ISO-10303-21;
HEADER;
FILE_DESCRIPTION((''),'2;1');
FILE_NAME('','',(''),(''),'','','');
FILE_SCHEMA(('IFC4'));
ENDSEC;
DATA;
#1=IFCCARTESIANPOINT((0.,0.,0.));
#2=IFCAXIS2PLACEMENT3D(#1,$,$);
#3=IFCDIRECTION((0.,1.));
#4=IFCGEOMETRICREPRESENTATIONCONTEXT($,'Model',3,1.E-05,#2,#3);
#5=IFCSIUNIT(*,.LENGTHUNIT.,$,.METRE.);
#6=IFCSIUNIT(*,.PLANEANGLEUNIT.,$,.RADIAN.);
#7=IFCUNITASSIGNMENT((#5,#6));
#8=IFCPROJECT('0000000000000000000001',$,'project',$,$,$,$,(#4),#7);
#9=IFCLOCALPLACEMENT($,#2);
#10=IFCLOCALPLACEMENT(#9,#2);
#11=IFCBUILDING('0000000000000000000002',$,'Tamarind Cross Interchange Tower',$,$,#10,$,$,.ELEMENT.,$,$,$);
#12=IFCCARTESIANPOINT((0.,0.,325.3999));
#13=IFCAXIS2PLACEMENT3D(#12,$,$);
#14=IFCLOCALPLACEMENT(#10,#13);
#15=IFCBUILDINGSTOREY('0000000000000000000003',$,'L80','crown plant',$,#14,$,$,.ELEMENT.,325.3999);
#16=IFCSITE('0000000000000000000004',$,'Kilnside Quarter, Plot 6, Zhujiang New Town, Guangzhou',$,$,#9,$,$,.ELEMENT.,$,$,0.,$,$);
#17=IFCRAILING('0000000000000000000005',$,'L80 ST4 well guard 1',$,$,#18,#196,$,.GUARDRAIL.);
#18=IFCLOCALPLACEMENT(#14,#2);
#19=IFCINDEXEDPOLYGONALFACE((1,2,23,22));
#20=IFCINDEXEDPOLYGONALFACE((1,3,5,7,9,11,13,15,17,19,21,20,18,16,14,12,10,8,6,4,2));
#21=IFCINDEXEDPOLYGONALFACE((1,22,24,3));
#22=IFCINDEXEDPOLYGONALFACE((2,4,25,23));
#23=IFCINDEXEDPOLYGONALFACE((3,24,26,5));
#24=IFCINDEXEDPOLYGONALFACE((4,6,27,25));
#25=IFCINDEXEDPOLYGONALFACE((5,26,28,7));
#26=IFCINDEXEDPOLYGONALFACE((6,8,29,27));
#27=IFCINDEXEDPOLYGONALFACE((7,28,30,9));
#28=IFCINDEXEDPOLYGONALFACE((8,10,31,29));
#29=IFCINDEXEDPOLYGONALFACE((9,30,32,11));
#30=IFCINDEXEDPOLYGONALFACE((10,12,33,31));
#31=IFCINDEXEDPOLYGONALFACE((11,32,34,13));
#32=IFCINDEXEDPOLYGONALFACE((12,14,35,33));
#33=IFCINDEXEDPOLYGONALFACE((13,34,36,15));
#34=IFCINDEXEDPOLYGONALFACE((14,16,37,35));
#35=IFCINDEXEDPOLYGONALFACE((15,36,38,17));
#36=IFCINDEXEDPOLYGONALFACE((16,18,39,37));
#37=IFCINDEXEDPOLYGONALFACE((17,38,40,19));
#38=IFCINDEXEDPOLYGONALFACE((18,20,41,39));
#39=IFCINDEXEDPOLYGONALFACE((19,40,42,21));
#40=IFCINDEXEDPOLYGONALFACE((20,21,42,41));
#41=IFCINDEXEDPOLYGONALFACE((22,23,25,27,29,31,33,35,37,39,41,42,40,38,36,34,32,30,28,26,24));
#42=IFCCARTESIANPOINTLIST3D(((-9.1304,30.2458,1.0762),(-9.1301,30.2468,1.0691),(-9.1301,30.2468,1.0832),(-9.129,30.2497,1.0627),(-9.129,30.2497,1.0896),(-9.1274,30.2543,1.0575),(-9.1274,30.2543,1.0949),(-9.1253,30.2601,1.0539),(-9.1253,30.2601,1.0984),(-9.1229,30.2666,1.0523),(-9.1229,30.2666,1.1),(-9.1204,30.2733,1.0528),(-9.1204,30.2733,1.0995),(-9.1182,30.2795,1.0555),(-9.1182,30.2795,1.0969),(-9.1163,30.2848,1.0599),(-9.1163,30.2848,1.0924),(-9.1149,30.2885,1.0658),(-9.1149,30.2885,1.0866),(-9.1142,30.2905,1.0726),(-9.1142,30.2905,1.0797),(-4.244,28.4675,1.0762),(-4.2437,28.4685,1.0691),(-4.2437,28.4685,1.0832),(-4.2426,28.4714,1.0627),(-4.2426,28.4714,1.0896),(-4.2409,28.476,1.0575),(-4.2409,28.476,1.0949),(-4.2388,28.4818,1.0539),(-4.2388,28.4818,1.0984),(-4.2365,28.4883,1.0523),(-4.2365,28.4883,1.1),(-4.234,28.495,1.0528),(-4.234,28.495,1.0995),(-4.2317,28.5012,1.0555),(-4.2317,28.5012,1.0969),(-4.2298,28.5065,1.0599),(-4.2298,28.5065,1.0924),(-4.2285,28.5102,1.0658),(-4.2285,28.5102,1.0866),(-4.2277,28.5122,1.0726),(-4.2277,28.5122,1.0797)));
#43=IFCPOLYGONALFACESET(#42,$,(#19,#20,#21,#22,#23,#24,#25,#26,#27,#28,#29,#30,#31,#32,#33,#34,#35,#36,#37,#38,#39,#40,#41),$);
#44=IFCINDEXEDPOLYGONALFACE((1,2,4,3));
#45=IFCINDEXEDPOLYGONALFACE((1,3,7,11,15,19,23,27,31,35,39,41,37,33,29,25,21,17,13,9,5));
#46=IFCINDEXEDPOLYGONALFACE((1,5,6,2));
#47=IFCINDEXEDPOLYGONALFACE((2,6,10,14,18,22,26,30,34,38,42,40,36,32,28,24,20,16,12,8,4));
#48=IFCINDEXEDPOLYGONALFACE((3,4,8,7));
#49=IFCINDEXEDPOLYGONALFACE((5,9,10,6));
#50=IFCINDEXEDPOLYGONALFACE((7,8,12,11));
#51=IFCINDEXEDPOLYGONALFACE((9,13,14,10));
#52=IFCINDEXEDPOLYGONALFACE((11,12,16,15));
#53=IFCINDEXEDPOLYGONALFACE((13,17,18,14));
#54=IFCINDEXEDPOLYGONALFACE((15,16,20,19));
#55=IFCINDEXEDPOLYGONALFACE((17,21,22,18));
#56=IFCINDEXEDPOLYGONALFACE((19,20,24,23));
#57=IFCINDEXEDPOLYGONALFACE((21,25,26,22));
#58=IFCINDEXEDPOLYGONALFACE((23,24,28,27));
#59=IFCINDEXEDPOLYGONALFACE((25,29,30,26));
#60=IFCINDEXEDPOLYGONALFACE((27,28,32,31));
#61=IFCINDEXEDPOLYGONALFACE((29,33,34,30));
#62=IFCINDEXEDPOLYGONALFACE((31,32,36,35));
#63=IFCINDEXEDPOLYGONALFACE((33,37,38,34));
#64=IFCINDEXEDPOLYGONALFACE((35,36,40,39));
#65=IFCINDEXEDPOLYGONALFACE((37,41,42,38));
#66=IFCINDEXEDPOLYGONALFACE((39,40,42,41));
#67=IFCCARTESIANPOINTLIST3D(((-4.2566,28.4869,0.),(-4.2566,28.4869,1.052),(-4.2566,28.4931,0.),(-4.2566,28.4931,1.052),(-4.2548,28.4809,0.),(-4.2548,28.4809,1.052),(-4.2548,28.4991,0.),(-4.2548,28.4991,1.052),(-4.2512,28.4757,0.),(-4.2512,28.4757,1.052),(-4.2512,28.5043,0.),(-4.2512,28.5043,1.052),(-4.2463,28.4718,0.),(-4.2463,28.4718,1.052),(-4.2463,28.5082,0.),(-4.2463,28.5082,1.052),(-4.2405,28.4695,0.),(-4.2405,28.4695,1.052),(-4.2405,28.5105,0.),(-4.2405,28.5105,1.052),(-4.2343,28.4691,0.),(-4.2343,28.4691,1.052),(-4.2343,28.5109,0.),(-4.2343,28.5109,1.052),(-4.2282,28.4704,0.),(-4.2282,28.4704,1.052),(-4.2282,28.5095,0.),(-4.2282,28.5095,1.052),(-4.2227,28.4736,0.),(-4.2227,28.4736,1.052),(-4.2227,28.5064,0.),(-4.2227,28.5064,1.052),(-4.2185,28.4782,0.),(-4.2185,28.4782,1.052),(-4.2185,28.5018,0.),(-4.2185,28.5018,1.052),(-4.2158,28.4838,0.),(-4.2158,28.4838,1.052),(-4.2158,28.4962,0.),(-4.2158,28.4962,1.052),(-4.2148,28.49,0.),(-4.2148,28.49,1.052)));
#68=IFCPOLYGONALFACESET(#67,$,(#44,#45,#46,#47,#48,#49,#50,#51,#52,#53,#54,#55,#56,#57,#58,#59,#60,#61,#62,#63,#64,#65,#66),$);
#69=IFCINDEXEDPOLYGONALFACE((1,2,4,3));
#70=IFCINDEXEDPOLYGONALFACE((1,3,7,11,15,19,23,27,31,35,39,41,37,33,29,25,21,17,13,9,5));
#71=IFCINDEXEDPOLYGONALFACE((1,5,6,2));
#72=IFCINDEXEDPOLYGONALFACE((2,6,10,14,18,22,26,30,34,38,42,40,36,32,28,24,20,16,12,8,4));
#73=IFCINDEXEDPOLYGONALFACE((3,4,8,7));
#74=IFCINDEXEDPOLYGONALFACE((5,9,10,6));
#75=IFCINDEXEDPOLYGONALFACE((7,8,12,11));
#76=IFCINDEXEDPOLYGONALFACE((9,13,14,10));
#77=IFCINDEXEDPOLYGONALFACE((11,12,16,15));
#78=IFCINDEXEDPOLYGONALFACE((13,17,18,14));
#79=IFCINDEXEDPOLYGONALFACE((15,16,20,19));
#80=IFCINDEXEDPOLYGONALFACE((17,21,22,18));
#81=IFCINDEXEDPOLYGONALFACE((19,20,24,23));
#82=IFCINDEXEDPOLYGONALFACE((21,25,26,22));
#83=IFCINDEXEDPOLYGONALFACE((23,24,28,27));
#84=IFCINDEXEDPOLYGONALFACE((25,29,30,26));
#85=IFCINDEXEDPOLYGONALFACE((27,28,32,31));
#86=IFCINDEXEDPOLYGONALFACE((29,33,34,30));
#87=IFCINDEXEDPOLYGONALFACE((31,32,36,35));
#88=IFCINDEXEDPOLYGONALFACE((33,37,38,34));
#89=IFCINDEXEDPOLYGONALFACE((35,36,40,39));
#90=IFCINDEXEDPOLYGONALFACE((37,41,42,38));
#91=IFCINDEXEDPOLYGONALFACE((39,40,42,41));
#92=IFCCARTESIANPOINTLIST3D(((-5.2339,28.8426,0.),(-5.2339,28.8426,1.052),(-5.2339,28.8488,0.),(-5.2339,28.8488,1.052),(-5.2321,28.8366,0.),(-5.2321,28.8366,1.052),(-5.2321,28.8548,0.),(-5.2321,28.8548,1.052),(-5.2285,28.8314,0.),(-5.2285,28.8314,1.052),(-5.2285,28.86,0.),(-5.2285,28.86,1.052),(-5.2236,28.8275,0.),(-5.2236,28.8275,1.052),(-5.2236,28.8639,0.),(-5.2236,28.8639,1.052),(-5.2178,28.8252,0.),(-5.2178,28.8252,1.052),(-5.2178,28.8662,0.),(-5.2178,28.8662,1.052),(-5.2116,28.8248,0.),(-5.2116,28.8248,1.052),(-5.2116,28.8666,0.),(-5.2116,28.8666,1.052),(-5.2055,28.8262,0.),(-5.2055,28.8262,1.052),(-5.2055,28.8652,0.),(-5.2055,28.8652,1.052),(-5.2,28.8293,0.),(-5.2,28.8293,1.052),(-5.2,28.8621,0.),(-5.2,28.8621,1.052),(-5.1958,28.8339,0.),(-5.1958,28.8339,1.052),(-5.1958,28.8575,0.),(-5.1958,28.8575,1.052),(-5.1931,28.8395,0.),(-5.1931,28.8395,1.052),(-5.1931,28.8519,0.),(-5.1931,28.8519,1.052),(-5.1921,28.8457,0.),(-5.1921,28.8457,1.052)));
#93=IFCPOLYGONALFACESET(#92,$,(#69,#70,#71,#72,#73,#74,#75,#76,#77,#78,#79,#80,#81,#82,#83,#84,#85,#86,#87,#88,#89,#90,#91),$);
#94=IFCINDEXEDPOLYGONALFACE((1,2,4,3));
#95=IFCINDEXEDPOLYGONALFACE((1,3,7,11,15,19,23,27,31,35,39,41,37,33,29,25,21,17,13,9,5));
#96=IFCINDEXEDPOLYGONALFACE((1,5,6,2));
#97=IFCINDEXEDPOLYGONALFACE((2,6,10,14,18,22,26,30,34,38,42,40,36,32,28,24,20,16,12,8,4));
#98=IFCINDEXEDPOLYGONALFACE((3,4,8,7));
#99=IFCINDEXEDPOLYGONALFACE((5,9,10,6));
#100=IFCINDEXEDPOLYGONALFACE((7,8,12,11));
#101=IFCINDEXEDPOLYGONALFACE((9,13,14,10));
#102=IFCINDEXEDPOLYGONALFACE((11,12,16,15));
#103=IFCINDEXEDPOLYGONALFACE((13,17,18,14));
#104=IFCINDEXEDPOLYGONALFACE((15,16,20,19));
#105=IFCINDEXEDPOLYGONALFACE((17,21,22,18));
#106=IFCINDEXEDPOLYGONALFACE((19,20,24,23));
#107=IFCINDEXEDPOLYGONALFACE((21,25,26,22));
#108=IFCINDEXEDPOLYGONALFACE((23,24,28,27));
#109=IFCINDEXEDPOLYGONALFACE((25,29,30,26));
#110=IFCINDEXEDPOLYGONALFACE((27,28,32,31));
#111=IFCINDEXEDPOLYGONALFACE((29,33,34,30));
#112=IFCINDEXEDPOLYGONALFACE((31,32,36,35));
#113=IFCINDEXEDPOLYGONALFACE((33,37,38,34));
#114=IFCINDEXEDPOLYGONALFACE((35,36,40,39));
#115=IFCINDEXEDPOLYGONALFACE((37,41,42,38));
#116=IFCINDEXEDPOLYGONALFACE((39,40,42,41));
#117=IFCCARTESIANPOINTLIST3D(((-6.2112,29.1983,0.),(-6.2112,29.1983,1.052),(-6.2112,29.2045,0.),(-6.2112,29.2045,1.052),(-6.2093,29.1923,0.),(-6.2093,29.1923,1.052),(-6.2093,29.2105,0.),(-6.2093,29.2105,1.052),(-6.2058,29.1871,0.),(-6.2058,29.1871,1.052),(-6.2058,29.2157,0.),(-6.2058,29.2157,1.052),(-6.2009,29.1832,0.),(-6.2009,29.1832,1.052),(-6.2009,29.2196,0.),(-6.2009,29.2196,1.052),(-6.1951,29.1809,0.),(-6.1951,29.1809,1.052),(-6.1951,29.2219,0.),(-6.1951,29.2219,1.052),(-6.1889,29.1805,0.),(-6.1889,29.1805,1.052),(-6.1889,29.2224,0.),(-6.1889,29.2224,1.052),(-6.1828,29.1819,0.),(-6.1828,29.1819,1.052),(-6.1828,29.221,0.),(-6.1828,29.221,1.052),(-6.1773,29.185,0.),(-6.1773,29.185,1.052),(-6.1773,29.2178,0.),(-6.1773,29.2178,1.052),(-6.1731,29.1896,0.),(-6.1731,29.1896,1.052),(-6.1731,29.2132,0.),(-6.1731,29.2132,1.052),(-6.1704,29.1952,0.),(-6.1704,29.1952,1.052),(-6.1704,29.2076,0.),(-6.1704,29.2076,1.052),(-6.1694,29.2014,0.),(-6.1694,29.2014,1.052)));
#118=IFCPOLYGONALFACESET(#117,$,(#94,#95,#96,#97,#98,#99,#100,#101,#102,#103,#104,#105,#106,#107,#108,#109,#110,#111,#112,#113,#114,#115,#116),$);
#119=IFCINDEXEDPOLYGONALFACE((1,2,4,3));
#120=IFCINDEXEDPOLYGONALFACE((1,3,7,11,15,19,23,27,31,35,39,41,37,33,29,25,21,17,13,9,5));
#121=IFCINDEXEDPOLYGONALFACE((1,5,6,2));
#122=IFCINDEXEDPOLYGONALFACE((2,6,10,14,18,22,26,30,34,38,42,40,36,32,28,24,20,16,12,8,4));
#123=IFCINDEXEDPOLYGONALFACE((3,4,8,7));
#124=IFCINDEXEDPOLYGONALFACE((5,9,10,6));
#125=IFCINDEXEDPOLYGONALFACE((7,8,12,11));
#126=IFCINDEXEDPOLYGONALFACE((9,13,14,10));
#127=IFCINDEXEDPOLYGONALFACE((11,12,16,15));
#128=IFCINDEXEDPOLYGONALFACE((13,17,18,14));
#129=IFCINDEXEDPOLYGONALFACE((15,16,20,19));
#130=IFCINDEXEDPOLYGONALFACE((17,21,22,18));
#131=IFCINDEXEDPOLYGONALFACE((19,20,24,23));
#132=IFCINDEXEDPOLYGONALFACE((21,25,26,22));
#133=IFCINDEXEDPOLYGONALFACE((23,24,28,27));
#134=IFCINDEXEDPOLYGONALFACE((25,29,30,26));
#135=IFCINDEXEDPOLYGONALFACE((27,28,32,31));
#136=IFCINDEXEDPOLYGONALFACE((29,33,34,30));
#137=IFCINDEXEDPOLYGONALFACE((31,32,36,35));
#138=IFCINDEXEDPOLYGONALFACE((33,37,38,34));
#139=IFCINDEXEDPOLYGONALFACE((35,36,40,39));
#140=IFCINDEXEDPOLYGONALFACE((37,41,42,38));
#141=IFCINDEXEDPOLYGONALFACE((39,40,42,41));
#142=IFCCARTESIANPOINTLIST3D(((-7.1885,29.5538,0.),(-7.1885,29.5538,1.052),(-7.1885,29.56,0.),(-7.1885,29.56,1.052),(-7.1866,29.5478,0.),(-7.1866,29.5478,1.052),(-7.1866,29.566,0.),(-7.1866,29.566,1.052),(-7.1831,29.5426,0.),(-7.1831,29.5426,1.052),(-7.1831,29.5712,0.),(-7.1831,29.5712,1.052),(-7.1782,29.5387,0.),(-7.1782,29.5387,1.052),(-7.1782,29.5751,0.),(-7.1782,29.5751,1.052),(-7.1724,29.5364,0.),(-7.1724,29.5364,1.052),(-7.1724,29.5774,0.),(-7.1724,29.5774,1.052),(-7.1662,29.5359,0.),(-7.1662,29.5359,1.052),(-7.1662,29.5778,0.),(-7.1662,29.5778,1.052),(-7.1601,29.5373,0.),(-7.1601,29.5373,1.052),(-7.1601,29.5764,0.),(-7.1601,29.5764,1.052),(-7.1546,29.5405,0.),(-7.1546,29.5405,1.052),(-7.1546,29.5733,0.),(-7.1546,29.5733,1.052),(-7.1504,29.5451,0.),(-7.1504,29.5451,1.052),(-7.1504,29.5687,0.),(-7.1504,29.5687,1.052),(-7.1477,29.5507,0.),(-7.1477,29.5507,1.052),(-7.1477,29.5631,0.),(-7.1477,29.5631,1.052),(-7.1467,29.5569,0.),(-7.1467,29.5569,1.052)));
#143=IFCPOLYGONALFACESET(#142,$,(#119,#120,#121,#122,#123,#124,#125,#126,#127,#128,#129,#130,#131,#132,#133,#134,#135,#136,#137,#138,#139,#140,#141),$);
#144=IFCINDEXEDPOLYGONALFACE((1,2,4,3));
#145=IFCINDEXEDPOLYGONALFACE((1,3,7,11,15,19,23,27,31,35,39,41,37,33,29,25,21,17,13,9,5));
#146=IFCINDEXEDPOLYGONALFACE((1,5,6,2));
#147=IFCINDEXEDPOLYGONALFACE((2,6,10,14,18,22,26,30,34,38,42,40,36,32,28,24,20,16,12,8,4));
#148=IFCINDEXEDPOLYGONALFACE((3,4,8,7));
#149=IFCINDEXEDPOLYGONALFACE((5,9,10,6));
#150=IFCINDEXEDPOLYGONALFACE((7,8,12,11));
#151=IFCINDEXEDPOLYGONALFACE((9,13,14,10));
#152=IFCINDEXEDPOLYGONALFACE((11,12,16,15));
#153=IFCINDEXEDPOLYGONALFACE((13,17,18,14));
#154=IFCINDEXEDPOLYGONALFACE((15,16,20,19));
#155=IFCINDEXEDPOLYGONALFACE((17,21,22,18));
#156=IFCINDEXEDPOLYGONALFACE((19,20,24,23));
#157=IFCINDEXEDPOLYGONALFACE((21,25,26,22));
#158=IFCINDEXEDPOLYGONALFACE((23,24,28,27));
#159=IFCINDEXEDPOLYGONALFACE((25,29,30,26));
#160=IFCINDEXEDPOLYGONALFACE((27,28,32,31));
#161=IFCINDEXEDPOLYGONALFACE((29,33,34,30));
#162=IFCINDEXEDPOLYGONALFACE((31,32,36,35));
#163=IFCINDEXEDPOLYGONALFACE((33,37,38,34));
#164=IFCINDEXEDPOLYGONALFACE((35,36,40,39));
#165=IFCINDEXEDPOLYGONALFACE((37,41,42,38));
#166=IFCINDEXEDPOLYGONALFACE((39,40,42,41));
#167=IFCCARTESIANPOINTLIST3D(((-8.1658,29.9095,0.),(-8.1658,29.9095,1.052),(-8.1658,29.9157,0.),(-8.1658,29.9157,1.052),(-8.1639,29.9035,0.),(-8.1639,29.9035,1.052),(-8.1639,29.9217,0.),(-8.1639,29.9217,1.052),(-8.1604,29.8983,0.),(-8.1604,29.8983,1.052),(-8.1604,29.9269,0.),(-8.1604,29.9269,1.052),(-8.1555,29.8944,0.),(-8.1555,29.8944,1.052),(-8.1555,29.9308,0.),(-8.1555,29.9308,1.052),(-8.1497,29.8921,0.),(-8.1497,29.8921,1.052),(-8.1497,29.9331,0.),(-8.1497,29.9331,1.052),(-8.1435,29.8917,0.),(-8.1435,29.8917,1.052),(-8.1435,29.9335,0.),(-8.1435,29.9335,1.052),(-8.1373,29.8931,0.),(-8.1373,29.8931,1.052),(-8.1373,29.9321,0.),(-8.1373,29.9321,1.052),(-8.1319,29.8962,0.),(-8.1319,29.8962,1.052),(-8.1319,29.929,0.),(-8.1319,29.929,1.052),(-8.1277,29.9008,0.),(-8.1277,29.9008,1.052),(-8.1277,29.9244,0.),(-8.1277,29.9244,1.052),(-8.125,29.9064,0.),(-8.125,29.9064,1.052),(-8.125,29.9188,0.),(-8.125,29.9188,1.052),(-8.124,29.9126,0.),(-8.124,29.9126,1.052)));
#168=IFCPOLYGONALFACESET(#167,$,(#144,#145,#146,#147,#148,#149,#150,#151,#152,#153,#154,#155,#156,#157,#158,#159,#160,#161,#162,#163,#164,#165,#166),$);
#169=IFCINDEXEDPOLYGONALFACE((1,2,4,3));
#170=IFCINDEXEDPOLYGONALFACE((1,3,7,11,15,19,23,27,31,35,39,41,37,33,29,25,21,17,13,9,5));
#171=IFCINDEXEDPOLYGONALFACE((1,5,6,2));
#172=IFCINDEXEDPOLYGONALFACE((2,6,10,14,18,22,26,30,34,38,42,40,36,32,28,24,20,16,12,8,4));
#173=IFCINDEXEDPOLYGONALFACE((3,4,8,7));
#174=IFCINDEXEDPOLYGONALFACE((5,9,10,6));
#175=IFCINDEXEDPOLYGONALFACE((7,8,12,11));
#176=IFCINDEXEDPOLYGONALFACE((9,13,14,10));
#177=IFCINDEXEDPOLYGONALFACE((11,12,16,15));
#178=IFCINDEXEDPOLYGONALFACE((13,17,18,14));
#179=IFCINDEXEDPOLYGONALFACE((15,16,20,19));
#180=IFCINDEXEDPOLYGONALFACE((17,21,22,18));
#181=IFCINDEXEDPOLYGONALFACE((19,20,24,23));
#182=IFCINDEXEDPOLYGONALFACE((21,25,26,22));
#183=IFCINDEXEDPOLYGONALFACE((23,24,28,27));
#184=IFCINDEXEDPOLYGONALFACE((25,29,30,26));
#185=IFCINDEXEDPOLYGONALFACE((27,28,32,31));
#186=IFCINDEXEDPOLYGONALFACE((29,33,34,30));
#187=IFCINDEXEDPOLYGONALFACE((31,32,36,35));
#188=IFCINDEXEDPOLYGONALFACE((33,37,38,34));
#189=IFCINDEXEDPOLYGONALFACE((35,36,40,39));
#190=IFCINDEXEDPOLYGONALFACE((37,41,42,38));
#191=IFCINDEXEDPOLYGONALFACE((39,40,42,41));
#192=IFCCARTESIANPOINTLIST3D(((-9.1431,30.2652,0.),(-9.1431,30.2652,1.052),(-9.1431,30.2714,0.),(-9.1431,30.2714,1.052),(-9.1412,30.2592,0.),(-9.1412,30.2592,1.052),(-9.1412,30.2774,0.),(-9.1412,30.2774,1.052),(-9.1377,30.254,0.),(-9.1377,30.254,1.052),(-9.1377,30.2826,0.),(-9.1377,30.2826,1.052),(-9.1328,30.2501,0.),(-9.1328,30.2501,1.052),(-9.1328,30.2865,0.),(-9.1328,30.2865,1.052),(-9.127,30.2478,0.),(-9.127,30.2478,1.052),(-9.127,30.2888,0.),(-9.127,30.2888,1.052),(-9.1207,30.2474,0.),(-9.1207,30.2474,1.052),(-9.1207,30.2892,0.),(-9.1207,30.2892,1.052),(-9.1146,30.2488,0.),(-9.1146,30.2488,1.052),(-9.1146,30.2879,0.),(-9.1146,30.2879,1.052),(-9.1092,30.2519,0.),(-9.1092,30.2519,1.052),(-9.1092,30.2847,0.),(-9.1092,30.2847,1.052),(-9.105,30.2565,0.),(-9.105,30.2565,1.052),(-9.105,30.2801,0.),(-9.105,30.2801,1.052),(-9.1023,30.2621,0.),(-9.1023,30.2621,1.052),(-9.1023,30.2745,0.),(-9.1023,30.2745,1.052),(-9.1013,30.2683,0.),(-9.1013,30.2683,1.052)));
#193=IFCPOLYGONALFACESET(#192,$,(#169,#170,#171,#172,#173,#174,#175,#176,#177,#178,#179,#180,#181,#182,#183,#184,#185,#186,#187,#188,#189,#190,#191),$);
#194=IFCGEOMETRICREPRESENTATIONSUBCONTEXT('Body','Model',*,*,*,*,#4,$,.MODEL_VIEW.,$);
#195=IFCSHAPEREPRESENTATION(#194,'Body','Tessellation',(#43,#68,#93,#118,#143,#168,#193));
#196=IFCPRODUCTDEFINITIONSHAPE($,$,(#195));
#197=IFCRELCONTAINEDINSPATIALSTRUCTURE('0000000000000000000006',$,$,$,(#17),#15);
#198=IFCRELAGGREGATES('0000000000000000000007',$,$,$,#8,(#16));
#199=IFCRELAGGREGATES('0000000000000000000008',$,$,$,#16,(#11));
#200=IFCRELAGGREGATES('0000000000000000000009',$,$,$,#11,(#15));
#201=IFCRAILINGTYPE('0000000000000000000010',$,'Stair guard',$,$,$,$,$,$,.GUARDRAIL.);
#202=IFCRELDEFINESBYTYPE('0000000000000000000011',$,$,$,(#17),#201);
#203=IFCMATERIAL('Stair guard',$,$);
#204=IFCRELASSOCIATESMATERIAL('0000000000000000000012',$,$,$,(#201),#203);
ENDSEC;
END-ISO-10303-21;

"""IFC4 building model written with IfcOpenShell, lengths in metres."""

from ifc_helpers import new_model, si_unit, direction, frame, origin, origin_2d, place, context, subcontext, project, spatial, circle, extrude, material, type_object, element, save


model = new_model("IFC4")

# Units and contexts
model_context = context("Model", 3, precision=1e-05, world=origin(), true_north=direction((0.0, 1.0)))
body_context = subcontext(model_context, "Body", "Model", "MODEL_VIEW")
ifc_project = project(units=[si_unit("LENGTHUNIT", "METRE"), si_unit("PLANEANGLEUNIT", "RADIAN")], contexts=[model_context])

# Site, building, storey
site_placement = place(None, origin())
site = spatial("IfcSite", under=ifc_project, at=site_placement, Name="Kilnside Quarter, Plot 6, Zhujiang New Town, Guangzhou", CompositionType="ELEMENT", RefElevation=0.0)
building_placement = place(site_placement, origin())
building = spatial("IfcBuilding", under=site, at=building_placement, Name="Tamarind Cross Interchange Tower", CompositionType="ELEMENT")
storey_placement = place(building_placement, frame((0.0, 0.0, 325.3999)))
storey = spatial("IfcBuildingStorey", under=building, at=storey_placement, Name="L80", Description="crown plant", CompositionType="ELEMENT", Elevation=325.3999)

# Railing
ifc_material_1 = material(Name="Stair guard")
railing_type = type_object("IfcRailingType", Name="Stair guard", PredefinedType="GUARDRAIL", material=ifc_material_1)
for number, where, name in (
    (1, (-4.2358, 28.49, 0.0), "L80 ST4 well guard 1"),
):
    element("IfcRailing", number, at=place(storey_placement, frame(where)), inside=storey, type_object=railing_type, Name=name, PredefinedType="GUARDRAIL", context=body_context, shape_type="SweptSolid", body=[
        extrude(circle(Radius=0.0239, at=origin_2d()), frame((0.0, 0.0, 1.0762), z_axis=(-0.939706, 0.341984, 0.0), x_axis=(-0.341984, -0.939706, 0.0)), (0.0, 0.0, 1.0), 5.2),
        extrude(circle(Radius=0.021, at=origin_2d()), origin(), (0.0, 0.0, 1.0), 1.052),
        extrude(circle(Radius=0.021, at=origin_2d()), frame((-0.9773, 0.3557, 0.0)), (0.0, 0.0, 1.0), 1.052),
        extrude(circle(Radius=0.021, at=origin_2d()), frame((-1.9546, 0.7114, 0.0)), (0.0, 0.0, 1.0), 1.052),
        extrude(circle(Radius=0.021, at=origin_2d()), frame((-2.9319, 1.0669, 0.0)), (0.0, 0.0, 1.0), 1.052),
        extrude(circle(Radius=0.021, at=origin_2d()), frame((-3.9092, 1.4226, 0.0)), (0.0, 0.0, 1.0), 1.052),
        extrude(circle(Radius=0.021, at=origin_2d()), frame((-4.8865, 1.7783, 0.0)), (0.0, 0.0, 1.0), 1.052),
    ])

save(model, "model.ifc")
